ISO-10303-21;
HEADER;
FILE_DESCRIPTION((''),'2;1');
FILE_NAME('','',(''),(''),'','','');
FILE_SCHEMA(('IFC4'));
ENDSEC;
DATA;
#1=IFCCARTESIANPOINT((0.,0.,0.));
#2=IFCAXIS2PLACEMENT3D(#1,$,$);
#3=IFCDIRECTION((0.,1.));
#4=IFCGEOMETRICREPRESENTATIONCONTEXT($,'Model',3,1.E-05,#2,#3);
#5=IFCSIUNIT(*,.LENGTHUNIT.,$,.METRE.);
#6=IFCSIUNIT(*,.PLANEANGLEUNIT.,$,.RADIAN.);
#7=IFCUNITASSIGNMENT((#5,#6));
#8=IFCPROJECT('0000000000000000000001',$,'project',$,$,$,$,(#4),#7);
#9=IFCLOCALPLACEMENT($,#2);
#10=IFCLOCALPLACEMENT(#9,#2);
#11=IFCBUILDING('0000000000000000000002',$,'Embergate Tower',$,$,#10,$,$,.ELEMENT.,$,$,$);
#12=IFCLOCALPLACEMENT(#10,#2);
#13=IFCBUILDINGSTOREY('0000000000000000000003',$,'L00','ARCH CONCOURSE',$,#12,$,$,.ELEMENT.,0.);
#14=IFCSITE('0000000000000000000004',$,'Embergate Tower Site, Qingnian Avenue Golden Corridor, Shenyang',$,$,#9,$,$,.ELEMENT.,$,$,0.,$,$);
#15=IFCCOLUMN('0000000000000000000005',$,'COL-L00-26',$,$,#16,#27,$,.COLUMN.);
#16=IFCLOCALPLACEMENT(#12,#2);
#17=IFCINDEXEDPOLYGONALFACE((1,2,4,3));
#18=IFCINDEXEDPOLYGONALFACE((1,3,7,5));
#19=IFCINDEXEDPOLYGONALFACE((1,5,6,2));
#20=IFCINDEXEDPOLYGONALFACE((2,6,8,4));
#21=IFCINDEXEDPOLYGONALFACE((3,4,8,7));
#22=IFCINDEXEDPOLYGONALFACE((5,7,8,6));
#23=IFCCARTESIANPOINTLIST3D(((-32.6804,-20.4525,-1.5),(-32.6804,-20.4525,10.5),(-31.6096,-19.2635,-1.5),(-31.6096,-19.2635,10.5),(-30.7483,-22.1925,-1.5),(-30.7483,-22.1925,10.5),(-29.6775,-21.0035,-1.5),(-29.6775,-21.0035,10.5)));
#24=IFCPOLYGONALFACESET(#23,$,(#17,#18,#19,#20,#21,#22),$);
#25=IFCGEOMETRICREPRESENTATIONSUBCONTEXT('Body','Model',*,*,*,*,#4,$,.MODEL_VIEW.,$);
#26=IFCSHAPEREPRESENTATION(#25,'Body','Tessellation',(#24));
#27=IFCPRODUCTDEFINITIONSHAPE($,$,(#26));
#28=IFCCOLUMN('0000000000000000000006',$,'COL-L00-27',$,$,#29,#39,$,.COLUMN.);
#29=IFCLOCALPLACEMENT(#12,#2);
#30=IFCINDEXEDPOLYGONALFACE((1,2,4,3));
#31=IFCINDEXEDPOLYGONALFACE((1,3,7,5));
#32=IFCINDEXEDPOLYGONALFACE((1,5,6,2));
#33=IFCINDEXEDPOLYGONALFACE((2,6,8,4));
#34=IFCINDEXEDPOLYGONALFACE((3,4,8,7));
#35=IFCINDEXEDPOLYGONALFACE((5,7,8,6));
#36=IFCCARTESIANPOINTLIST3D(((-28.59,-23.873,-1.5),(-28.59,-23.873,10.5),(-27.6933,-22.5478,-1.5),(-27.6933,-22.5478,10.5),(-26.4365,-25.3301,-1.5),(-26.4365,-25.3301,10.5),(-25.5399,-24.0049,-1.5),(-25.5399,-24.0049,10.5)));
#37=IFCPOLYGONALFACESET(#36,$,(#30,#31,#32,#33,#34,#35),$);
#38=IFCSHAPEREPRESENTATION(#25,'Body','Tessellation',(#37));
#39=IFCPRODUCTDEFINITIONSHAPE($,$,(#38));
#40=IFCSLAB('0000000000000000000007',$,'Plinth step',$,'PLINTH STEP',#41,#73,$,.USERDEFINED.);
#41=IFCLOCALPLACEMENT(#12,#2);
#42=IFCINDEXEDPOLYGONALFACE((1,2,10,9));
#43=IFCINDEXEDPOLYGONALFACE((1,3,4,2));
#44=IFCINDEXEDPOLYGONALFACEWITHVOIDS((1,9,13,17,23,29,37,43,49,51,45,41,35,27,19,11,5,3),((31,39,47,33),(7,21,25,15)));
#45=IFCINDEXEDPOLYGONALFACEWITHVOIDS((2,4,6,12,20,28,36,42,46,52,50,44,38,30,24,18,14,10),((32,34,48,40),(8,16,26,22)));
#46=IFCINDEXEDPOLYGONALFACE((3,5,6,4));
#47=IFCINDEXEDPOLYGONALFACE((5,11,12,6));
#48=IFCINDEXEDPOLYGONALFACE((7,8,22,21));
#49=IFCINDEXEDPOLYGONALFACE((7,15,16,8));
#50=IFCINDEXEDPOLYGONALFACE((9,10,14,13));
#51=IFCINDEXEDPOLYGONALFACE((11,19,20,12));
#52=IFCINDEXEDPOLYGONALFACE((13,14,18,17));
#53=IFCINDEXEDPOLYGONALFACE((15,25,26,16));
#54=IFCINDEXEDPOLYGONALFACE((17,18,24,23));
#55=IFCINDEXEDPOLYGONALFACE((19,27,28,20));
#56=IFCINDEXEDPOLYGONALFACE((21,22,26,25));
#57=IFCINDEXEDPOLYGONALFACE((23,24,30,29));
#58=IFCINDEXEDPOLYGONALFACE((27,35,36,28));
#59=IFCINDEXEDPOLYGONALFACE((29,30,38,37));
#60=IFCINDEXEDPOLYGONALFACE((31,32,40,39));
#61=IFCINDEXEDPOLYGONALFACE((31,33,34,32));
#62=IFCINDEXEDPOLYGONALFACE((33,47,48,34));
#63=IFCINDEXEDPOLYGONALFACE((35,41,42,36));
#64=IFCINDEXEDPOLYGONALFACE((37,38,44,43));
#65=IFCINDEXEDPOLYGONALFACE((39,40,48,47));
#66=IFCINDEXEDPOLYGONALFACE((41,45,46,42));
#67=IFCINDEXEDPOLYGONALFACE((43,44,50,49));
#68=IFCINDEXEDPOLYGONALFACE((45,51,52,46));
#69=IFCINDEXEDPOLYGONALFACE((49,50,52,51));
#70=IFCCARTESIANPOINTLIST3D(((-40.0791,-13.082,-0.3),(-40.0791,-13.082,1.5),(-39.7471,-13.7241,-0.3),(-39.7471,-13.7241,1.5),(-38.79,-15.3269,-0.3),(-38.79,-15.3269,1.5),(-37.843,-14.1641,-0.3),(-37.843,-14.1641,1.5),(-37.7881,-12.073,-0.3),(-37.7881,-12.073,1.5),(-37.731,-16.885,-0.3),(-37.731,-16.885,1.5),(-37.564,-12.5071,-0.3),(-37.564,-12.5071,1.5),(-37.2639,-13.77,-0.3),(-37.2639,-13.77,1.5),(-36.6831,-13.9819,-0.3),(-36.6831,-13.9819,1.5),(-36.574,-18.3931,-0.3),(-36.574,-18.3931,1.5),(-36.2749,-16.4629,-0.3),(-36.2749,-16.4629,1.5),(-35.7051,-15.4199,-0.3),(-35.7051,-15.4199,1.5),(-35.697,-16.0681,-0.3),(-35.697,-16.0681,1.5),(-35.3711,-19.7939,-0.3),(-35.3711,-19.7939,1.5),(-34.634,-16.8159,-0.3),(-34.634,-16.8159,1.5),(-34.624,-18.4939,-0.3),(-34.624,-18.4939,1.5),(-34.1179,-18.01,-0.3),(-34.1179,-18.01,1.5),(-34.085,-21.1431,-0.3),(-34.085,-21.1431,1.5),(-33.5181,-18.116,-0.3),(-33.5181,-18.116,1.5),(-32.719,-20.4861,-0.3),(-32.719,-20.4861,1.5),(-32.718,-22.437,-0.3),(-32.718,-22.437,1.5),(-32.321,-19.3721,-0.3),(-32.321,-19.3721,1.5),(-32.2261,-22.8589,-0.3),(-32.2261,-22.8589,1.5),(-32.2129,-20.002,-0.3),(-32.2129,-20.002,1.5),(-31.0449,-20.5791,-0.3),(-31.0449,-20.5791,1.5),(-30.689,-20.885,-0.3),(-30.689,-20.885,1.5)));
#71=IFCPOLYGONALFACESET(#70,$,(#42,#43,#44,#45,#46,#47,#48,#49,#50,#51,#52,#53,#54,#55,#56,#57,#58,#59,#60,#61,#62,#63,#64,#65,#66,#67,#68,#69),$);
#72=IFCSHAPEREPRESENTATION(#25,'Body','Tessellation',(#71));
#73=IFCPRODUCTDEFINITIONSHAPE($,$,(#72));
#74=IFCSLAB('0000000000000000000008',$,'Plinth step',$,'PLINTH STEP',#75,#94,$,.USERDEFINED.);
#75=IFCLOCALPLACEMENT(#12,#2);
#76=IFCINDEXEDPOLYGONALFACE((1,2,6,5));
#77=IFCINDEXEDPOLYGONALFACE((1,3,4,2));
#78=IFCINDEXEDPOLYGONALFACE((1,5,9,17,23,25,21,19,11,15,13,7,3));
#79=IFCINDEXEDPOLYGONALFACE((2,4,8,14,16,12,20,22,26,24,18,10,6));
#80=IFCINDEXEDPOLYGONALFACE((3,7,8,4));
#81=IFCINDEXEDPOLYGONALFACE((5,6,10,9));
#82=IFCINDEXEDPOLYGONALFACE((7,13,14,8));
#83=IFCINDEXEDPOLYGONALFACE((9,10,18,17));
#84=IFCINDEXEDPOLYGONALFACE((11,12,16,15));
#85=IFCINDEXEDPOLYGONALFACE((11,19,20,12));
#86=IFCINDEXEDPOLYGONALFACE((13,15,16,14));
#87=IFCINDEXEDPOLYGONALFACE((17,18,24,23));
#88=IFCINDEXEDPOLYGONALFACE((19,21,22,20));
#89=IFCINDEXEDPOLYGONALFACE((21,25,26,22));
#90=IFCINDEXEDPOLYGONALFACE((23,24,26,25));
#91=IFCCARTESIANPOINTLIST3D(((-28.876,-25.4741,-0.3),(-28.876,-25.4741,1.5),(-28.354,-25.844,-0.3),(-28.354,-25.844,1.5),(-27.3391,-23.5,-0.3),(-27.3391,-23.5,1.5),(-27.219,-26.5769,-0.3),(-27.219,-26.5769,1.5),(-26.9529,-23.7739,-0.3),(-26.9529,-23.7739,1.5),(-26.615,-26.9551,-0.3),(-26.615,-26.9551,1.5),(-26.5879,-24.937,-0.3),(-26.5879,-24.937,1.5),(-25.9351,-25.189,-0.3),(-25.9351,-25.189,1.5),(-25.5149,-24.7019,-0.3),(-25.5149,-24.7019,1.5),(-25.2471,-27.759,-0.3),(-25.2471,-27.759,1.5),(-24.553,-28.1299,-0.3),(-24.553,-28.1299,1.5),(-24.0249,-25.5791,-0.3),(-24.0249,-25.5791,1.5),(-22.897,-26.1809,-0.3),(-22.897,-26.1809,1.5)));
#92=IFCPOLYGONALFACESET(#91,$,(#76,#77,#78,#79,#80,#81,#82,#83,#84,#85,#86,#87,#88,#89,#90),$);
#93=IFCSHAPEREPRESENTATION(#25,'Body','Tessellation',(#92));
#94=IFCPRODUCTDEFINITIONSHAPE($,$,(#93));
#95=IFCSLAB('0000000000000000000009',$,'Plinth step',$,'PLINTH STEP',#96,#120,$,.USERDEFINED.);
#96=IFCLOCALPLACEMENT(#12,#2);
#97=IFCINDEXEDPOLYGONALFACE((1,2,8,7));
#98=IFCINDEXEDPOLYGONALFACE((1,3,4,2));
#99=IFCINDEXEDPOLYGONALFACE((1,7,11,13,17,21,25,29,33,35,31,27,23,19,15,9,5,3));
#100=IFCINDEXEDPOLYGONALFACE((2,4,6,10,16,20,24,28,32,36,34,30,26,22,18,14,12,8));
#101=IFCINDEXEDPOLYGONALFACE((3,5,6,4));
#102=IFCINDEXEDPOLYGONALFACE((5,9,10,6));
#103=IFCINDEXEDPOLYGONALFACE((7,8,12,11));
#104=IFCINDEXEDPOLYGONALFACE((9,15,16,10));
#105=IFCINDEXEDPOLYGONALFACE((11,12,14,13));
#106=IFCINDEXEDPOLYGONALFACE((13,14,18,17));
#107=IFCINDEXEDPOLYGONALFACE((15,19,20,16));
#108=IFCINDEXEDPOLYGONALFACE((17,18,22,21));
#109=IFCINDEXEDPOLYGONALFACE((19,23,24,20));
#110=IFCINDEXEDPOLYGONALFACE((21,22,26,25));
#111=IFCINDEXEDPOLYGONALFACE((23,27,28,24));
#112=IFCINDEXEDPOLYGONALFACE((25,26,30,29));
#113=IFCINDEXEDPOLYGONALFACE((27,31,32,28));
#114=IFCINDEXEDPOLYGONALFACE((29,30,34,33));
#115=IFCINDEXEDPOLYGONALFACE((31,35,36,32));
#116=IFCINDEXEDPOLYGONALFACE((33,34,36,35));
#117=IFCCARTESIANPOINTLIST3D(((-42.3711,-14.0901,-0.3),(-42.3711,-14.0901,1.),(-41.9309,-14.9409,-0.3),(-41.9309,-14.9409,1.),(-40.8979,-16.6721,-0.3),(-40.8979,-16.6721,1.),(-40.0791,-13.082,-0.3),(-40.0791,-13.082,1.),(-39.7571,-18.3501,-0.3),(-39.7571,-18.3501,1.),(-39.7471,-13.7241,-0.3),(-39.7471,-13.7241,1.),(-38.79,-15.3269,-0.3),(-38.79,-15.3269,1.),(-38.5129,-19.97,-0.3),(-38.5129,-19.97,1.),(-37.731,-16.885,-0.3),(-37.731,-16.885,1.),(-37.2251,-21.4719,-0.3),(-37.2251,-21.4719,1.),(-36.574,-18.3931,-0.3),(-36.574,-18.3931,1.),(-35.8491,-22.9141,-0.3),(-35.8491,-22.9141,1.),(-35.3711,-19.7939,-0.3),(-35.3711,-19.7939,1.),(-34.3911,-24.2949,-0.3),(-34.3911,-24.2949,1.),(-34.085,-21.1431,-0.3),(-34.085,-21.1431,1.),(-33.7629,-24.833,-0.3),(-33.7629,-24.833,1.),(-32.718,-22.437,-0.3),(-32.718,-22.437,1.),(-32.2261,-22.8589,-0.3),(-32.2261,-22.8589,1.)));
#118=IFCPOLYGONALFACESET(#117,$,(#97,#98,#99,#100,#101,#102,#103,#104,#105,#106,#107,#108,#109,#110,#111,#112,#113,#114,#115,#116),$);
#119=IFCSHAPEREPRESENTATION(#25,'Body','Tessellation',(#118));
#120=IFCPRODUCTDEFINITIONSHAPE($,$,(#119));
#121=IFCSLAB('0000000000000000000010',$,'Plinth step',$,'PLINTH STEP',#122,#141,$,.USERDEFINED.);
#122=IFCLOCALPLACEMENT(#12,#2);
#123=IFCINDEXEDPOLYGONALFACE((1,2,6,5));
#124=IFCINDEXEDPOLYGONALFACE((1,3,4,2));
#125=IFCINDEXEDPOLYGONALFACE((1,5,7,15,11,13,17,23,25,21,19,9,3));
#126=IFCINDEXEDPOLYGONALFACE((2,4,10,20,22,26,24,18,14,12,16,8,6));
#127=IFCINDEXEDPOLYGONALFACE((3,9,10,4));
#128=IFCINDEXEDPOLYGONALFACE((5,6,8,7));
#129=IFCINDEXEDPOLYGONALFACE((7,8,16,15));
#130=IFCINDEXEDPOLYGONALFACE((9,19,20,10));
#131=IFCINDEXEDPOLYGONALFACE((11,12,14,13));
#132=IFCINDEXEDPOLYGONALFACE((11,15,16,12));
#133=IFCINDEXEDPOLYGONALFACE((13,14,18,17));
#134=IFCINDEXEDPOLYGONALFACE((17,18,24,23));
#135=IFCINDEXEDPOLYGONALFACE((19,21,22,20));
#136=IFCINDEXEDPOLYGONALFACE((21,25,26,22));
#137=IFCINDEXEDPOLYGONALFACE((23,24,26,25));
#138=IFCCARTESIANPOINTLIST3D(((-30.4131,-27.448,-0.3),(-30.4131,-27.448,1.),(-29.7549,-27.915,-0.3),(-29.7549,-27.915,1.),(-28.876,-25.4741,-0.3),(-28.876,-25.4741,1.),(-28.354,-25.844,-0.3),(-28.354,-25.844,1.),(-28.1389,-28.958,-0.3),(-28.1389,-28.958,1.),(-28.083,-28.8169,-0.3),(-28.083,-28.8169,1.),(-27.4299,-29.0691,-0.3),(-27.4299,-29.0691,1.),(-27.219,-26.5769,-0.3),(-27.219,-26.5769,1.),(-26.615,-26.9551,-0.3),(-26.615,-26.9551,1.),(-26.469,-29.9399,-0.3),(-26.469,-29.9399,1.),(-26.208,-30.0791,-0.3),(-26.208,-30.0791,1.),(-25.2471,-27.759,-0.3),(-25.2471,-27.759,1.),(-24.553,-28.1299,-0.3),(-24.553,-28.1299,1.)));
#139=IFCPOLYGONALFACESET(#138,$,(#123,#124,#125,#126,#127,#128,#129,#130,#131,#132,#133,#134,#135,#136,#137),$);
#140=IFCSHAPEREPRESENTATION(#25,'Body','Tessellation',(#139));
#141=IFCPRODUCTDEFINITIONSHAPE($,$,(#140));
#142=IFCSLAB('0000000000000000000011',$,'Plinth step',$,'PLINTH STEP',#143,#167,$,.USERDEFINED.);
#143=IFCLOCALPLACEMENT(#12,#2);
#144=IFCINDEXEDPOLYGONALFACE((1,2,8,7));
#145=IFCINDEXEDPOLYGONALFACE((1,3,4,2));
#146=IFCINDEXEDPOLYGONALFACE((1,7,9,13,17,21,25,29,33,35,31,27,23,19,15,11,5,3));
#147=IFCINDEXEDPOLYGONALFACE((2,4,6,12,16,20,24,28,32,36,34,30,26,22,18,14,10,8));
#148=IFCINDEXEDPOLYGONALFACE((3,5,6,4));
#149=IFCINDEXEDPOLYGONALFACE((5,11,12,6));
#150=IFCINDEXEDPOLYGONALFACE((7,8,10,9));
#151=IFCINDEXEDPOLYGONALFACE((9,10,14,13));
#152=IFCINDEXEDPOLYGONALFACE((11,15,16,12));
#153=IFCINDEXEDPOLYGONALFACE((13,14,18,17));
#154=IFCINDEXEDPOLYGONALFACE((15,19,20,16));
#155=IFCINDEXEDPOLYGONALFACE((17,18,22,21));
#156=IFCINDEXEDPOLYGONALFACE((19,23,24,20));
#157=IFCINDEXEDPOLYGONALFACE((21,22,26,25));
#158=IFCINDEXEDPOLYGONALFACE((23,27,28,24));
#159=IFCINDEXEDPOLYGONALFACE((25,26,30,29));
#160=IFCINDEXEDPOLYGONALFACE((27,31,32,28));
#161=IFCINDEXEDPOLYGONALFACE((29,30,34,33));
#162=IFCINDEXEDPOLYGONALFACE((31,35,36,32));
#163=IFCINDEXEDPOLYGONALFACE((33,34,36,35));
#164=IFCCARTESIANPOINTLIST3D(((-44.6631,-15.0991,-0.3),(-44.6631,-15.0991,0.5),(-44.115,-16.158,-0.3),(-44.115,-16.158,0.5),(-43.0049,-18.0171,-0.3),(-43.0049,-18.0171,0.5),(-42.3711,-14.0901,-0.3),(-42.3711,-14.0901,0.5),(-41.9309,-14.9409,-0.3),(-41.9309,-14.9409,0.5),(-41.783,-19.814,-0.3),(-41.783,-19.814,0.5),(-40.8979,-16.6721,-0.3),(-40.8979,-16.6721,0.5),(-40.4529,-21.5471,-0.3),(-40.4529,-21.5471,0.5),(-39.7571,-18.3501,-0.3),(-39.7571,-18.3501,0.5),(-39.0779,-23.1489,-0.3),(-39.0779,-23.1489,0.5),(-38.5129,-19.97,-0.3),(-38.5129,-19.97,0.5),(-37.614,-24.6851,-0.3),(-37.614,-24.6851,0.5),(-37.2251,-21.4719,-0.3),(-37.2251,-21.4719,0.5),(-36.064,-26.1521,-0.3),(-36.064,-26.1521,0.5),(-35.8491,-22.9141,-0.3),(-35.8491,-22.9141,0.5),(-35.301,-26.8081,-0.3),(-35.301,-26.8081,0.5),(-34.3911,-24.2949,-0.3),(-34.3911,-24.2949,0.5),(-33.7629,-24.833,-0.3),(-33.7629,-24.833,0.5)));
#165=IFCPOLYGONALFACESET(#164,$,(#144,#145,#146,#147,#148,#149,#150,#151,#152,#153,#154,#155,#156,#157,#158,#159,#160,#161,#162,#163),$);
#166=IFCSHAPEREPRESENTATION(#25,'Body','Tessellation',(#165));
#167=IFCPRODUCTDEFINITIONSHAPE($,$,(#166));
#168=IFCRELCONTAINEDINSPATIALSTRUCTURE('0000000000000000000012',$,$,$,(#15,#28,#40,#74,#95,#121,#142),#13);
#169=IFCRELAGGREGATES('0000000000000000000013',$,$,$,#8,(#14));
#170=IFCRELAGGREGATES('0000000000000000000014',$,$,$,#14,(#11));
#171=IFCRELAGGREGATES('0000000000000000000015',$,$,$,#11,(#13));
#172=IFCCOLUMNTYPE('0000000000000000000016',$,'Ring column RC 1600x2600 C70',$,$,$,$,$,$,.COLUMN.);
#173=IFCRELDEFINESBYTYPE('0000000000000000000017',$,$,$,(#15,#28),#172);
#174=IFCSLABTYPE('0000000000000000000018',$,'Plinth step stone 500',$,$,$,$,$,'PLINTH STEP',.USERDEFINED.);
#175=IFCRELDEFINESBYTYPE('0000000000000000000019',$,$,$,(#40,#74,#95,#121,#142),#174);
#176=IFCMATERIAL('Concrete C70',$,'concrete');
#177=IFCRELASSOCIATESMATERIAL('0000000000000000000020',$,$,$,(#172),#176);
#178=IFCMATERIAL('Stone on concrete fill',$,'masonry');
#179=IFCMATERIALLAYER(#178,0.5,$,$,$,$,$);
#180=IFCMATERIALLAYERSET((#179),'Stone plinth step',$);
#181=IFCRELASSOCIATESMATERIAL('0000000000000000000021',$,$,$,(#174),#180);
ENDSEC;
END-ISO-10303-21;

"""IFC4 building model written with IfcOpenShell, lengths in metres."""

from ifc_helpers import new_model, si_unit, direction, frame, origin, origin_2d, place, context, subcontext, project, spatial, polyline, rectangle, outline, extrude, source, transform, mapped, material, layer, layer_set, material_profile, profile_set, type_object, element, save


model = new_model("IFC4")

# Units and contexts
model_context = context("Model", 3, precision=1e-05, world=origin(), true_north=direction((0.0, 1.0)))
body_context = subcontext(model_context, "Body", "Model", "MODEL_VIEW")
ifc_project = project(units=[si_unit("LENGTHUNIT", "METRE"), si_unit("PLANEANGLEUNIT", "RADIAN")], contexts=[model_context])

# Site, building, storey
site_placement = place(None, origin())
site = spatial("IfcSite", under=ifc_project, at=site_placement, Name="Embergate Tower Site, Qingnian Avenue Golden Corridor, Shenyang", CompositionType="ELEMENT", RefElevation=0.0)
building_placement = place(site_placement, origin())
building = spatial("IfcBuilding", under=site, at=building_placement, Name="Embergate Tower", CompositionType="ELEMENT")
storey_placement = place(building_placement, origin())
storey = spatial("IfcBuildingStorey", under=building, at=storey_placement, Name="L00", Description="ARCH CONCOURSE", CompositionType="ELEMENT", Elevation=0.0)

# Columns
ifc_material_1 = material(Name="Concrete C70", Category="concrete")
ifc_material_profile = material_profile(ifc_material_1, rectangle(XDim=1.6001, YDim=2.6001, at=origin_2d()), Name="RC 1600x2600")
ifc_profile_set = profile_set([ifc_material_profile], Name="Concrete C70")
column_type = type_object("IfcColumnType", Name="Ring column RC 1600x2600 C70", PredefinedType="COLUMN", material=ifc_profile_set)
shared_shape_1 = source(origin(), body_context, "Body", "SweptSolid", [
    extrude(rectangle(XDim=1.6001, YDim=2.6001, at=origin_2d()), origin(), (0.0, 0.0, 1.0), 12.0),
])
for number, where, z_axis, x_axis, name in (
    (1, (-31.179, -20.728, -1.5), (0.0, 0.0, 1.0), (-0.669208, -0.743075, 0.0), "COL-L00-26"),
    (2, (-27.0649, -23.939, -1.5), (0.0, 0.0, 1.0), (-0.560393, -0.828227, 0.0), "COL-L00-27"),
):
    element("IfcColumn", number, at=place(storey_placement, frame(where, z_axis=z_axis, x_axis=x_axis)), inside=storey, type_object=column_type, Name=name, PredefinedType="COLUMN", context=body_context, shape_type="MappedRepresentation", body=[
        mapped(shared_shape_1, transform((0.0, 0.0, 0.0))),
    ])

# Slabs
ifc_material_2 = material(Name="Stone on concrete fill", Category="masonry")
ifc_layer_1 = layer(ifc_material_2, 0.5)
ifc_layer_set_1 = layer_set([ifc_layer_1], Name="Stone plinth step")
slab_type_1 = type_object("IfcSlabType", Name="Plinth step stone 500", ElementType="PLINTH STEP", PredefinedType="USERDEFINED", material=ifc_layer_set_1)
shared_shape_2 = source(origin(), body_context, "Body", "SweptSolid", [
    extrude(outline(polyline([(0.0, 0.0), (1.5371, 1.9739), (1.1812, 2.2798), (-0.095, 3.4868), (-1.292, 4.7429), (-2.408, 6.043), (-3.479, 7.439), (-4.457, 8.877), (-5.3379, 10.3518), (-5.562, 10.7859), (-7.853, 9.7769), (-7.521, 9.1348), (-6.564, 7.532), (-5.5049, 5.9739), (-4.3479, 4.4658), (-3.145, 3.0649), (-1.8589, 1.7158), (-0.4919, 0.4219), (0.0, 0.0)]), holes=[polyline([(-0.4929, 2.3728), (-2.3979, 4.365), (-1.8918, 4.8489), (0.0132, 2.8569), (-0.4929, 2.3728)]), polyline([(-4.0488, 6.396), (-5.6169, 8.6948), (-5.0378, 9.0889), (-3.4709, 6.7908), (-4.0488, 6.396)])]), origin(), (0.0, 0.0, 1.0), 1.8),
])
slab_1_placement = place(storey_placement, frame((-32.2261, -22.8589, -0.3)))
element("IfcSlab", 3, at=slab_1_placement, inside=storey, type_object=slab_type_1, Name="Plinth step", ObjectType="PLINTH STEP", PredefinedType="USERDEFINED", context=body_context, shape_type="MappedRepresentation", body=[
    mapped(shared_shape_2, transform((0.0, 0.0, 0.0))),
])
shared_shape_3 = source(origin(), body_context, "Body", "SweptSolid", [
    extrude(outline(polyline([(0.0, 0.0), (-0.6941, 0.3708), (-2.062, 1.1748), (-1.3821, 2.9409), (-2.0349, 3.1929), (-2.666, 1.553), (-3.801, 2.2859), (-4.323, 2.6558), (-2.7861, 4.6299), (-2.3999, 4.356), (-0.9619, 3.428), (0.5281, 2.5508), (1.656, 1.949), (0.0, 0.0)])), origin(), (0.0, 0.0, 1.0), 1.8),
])
slab_2_placement = place(storey_placement, frame((-24.553, -28.1299, -0.3)))
element("IfcSlab", 4, at=slab_2_placement, inside=storey, type_object=slab_type_1, Name="Plinth step", ObjectType="PLINTH STEP", PredefinedType="USERDEFINED", context=body_context, shape_type="MappedRepresentation", body=[
    mapped(shared_shape_3, transform((0.0, 0.0, 0.0))),
])
shared_shape_4 = source(origin(), body_context, "Body", "SweptSolid", [
    extrude(outline(polyline([(0.0, 0.0), (-0.6282, 0.5381), (-2.0862, 1.9189), (-3.4622, 3.3611), (-4.75, 4.863), (-5.9941, 6.4829), (-7.135, 8.1609), (-8.168, 9.8921), (-8.6082, 10.7429), (-6.3162, 11.751), (-5.9841, 11.1089), (-5.0271, 9.5061), (-3.968, 7.948), (-2.811, 6.4399), (-1.6082, 5.0391), (-0.322, 3.6899), (1.0449, 2.396), (1.5369, 1.9741), (0.0, 0.0)])), origin(), (0.0, 0.0, 1.0), 1.3),
])
slab_3_placement = place(storey_placement, frame((-33.7629, -24.833, -0.3)))
element("IfcSlab", 5, at=slab_3_placement, inside=storey, type_object=slab_type_1, Name="Plinth step", ObjectType="PLINTH STEP", PredefinedType="USERDEFINED", context=body_context, shape_type="MappedRepresentation", body=[
    mapped(shared_shape_4, transform((0.0, 0.0, 0.0))),
])
shared_shape_5 = source(origin(), body_context, "Body", "SweptSolid", [
    extrude(outline(polyline([(0.0, 0.0), (-0.261, 0.1392), (-1.9309, 1.1211), (-3.5469, 2.1641), (-4.2051, 2.6311), (-2.668, 4.605), (-2.146, 4.2351), (-1.011, 3.5022), (-1.875, 1.2622), (-1.2219, 1.01), (-0.407, 3.124), (0.9609, 2.3201), (1.655, 1.9492), (0.0, 0.0)])), origin(), (0.0, 0.0, 1.0), 1.3),
])
slab_4_placement = place(storey_placement, frame((-26.208, -30.0791, -0.3)))
element("IfcSlab", 6, at=slab_4_placement, inside=storey, type_object=slab_type_1, Name="Plinth step", ObjectType="PLINTH STEP", PredefinedType="USERDEFINED", context=body_context, shape_type="MappedRepresentation", body=[
    mapped(shared_shape_5, transform((0.0, 0.0, 0.0))),
])
shared_shape_6 = source(origin(), body_context, "Body", "SweptSolid", [
    extrude(outline(polyline([(0.0, 0.0), (-0.7629, 0.656), (-2.313, 2.123), (-3.7769, 3.6592), (-5.1519, 5.261), (-6.4819, 6.9941), (-7.7039, 8.791), (-8.814, 10.6501), (-9.3621, 11.709), (-7.0701, 12.718), (-6.6299, 11.8672), (-5.5969, 10.136), (-4.4561, 8.458), (-3.2119, 6.8381), (-1.9241, 5.3362), (-0.5481, 3.894), (0.9099, 2.5132), (1.5381, 1.9751), (0.0, 0.0)])), origin(), (0.0, 0.0, 1.0), 0.8),
])
slab_5_placement = place(storey_placement, frame((-35.301, -26.8081, -0.3)))
element("IfcSlab", 7, at=slab_5_placement, inside=storey, type_object=slab_type_1, Name="Plinth step", ObjectType="PLINTH STEP", PredefinedType="USERDEFINED", context=body_context, shape_type="MappedRepresentation", body=[
    mapped(shared_shape_6, transform((0.0, 0.0, 0.0))),
])

save(model, "model.ifc")
